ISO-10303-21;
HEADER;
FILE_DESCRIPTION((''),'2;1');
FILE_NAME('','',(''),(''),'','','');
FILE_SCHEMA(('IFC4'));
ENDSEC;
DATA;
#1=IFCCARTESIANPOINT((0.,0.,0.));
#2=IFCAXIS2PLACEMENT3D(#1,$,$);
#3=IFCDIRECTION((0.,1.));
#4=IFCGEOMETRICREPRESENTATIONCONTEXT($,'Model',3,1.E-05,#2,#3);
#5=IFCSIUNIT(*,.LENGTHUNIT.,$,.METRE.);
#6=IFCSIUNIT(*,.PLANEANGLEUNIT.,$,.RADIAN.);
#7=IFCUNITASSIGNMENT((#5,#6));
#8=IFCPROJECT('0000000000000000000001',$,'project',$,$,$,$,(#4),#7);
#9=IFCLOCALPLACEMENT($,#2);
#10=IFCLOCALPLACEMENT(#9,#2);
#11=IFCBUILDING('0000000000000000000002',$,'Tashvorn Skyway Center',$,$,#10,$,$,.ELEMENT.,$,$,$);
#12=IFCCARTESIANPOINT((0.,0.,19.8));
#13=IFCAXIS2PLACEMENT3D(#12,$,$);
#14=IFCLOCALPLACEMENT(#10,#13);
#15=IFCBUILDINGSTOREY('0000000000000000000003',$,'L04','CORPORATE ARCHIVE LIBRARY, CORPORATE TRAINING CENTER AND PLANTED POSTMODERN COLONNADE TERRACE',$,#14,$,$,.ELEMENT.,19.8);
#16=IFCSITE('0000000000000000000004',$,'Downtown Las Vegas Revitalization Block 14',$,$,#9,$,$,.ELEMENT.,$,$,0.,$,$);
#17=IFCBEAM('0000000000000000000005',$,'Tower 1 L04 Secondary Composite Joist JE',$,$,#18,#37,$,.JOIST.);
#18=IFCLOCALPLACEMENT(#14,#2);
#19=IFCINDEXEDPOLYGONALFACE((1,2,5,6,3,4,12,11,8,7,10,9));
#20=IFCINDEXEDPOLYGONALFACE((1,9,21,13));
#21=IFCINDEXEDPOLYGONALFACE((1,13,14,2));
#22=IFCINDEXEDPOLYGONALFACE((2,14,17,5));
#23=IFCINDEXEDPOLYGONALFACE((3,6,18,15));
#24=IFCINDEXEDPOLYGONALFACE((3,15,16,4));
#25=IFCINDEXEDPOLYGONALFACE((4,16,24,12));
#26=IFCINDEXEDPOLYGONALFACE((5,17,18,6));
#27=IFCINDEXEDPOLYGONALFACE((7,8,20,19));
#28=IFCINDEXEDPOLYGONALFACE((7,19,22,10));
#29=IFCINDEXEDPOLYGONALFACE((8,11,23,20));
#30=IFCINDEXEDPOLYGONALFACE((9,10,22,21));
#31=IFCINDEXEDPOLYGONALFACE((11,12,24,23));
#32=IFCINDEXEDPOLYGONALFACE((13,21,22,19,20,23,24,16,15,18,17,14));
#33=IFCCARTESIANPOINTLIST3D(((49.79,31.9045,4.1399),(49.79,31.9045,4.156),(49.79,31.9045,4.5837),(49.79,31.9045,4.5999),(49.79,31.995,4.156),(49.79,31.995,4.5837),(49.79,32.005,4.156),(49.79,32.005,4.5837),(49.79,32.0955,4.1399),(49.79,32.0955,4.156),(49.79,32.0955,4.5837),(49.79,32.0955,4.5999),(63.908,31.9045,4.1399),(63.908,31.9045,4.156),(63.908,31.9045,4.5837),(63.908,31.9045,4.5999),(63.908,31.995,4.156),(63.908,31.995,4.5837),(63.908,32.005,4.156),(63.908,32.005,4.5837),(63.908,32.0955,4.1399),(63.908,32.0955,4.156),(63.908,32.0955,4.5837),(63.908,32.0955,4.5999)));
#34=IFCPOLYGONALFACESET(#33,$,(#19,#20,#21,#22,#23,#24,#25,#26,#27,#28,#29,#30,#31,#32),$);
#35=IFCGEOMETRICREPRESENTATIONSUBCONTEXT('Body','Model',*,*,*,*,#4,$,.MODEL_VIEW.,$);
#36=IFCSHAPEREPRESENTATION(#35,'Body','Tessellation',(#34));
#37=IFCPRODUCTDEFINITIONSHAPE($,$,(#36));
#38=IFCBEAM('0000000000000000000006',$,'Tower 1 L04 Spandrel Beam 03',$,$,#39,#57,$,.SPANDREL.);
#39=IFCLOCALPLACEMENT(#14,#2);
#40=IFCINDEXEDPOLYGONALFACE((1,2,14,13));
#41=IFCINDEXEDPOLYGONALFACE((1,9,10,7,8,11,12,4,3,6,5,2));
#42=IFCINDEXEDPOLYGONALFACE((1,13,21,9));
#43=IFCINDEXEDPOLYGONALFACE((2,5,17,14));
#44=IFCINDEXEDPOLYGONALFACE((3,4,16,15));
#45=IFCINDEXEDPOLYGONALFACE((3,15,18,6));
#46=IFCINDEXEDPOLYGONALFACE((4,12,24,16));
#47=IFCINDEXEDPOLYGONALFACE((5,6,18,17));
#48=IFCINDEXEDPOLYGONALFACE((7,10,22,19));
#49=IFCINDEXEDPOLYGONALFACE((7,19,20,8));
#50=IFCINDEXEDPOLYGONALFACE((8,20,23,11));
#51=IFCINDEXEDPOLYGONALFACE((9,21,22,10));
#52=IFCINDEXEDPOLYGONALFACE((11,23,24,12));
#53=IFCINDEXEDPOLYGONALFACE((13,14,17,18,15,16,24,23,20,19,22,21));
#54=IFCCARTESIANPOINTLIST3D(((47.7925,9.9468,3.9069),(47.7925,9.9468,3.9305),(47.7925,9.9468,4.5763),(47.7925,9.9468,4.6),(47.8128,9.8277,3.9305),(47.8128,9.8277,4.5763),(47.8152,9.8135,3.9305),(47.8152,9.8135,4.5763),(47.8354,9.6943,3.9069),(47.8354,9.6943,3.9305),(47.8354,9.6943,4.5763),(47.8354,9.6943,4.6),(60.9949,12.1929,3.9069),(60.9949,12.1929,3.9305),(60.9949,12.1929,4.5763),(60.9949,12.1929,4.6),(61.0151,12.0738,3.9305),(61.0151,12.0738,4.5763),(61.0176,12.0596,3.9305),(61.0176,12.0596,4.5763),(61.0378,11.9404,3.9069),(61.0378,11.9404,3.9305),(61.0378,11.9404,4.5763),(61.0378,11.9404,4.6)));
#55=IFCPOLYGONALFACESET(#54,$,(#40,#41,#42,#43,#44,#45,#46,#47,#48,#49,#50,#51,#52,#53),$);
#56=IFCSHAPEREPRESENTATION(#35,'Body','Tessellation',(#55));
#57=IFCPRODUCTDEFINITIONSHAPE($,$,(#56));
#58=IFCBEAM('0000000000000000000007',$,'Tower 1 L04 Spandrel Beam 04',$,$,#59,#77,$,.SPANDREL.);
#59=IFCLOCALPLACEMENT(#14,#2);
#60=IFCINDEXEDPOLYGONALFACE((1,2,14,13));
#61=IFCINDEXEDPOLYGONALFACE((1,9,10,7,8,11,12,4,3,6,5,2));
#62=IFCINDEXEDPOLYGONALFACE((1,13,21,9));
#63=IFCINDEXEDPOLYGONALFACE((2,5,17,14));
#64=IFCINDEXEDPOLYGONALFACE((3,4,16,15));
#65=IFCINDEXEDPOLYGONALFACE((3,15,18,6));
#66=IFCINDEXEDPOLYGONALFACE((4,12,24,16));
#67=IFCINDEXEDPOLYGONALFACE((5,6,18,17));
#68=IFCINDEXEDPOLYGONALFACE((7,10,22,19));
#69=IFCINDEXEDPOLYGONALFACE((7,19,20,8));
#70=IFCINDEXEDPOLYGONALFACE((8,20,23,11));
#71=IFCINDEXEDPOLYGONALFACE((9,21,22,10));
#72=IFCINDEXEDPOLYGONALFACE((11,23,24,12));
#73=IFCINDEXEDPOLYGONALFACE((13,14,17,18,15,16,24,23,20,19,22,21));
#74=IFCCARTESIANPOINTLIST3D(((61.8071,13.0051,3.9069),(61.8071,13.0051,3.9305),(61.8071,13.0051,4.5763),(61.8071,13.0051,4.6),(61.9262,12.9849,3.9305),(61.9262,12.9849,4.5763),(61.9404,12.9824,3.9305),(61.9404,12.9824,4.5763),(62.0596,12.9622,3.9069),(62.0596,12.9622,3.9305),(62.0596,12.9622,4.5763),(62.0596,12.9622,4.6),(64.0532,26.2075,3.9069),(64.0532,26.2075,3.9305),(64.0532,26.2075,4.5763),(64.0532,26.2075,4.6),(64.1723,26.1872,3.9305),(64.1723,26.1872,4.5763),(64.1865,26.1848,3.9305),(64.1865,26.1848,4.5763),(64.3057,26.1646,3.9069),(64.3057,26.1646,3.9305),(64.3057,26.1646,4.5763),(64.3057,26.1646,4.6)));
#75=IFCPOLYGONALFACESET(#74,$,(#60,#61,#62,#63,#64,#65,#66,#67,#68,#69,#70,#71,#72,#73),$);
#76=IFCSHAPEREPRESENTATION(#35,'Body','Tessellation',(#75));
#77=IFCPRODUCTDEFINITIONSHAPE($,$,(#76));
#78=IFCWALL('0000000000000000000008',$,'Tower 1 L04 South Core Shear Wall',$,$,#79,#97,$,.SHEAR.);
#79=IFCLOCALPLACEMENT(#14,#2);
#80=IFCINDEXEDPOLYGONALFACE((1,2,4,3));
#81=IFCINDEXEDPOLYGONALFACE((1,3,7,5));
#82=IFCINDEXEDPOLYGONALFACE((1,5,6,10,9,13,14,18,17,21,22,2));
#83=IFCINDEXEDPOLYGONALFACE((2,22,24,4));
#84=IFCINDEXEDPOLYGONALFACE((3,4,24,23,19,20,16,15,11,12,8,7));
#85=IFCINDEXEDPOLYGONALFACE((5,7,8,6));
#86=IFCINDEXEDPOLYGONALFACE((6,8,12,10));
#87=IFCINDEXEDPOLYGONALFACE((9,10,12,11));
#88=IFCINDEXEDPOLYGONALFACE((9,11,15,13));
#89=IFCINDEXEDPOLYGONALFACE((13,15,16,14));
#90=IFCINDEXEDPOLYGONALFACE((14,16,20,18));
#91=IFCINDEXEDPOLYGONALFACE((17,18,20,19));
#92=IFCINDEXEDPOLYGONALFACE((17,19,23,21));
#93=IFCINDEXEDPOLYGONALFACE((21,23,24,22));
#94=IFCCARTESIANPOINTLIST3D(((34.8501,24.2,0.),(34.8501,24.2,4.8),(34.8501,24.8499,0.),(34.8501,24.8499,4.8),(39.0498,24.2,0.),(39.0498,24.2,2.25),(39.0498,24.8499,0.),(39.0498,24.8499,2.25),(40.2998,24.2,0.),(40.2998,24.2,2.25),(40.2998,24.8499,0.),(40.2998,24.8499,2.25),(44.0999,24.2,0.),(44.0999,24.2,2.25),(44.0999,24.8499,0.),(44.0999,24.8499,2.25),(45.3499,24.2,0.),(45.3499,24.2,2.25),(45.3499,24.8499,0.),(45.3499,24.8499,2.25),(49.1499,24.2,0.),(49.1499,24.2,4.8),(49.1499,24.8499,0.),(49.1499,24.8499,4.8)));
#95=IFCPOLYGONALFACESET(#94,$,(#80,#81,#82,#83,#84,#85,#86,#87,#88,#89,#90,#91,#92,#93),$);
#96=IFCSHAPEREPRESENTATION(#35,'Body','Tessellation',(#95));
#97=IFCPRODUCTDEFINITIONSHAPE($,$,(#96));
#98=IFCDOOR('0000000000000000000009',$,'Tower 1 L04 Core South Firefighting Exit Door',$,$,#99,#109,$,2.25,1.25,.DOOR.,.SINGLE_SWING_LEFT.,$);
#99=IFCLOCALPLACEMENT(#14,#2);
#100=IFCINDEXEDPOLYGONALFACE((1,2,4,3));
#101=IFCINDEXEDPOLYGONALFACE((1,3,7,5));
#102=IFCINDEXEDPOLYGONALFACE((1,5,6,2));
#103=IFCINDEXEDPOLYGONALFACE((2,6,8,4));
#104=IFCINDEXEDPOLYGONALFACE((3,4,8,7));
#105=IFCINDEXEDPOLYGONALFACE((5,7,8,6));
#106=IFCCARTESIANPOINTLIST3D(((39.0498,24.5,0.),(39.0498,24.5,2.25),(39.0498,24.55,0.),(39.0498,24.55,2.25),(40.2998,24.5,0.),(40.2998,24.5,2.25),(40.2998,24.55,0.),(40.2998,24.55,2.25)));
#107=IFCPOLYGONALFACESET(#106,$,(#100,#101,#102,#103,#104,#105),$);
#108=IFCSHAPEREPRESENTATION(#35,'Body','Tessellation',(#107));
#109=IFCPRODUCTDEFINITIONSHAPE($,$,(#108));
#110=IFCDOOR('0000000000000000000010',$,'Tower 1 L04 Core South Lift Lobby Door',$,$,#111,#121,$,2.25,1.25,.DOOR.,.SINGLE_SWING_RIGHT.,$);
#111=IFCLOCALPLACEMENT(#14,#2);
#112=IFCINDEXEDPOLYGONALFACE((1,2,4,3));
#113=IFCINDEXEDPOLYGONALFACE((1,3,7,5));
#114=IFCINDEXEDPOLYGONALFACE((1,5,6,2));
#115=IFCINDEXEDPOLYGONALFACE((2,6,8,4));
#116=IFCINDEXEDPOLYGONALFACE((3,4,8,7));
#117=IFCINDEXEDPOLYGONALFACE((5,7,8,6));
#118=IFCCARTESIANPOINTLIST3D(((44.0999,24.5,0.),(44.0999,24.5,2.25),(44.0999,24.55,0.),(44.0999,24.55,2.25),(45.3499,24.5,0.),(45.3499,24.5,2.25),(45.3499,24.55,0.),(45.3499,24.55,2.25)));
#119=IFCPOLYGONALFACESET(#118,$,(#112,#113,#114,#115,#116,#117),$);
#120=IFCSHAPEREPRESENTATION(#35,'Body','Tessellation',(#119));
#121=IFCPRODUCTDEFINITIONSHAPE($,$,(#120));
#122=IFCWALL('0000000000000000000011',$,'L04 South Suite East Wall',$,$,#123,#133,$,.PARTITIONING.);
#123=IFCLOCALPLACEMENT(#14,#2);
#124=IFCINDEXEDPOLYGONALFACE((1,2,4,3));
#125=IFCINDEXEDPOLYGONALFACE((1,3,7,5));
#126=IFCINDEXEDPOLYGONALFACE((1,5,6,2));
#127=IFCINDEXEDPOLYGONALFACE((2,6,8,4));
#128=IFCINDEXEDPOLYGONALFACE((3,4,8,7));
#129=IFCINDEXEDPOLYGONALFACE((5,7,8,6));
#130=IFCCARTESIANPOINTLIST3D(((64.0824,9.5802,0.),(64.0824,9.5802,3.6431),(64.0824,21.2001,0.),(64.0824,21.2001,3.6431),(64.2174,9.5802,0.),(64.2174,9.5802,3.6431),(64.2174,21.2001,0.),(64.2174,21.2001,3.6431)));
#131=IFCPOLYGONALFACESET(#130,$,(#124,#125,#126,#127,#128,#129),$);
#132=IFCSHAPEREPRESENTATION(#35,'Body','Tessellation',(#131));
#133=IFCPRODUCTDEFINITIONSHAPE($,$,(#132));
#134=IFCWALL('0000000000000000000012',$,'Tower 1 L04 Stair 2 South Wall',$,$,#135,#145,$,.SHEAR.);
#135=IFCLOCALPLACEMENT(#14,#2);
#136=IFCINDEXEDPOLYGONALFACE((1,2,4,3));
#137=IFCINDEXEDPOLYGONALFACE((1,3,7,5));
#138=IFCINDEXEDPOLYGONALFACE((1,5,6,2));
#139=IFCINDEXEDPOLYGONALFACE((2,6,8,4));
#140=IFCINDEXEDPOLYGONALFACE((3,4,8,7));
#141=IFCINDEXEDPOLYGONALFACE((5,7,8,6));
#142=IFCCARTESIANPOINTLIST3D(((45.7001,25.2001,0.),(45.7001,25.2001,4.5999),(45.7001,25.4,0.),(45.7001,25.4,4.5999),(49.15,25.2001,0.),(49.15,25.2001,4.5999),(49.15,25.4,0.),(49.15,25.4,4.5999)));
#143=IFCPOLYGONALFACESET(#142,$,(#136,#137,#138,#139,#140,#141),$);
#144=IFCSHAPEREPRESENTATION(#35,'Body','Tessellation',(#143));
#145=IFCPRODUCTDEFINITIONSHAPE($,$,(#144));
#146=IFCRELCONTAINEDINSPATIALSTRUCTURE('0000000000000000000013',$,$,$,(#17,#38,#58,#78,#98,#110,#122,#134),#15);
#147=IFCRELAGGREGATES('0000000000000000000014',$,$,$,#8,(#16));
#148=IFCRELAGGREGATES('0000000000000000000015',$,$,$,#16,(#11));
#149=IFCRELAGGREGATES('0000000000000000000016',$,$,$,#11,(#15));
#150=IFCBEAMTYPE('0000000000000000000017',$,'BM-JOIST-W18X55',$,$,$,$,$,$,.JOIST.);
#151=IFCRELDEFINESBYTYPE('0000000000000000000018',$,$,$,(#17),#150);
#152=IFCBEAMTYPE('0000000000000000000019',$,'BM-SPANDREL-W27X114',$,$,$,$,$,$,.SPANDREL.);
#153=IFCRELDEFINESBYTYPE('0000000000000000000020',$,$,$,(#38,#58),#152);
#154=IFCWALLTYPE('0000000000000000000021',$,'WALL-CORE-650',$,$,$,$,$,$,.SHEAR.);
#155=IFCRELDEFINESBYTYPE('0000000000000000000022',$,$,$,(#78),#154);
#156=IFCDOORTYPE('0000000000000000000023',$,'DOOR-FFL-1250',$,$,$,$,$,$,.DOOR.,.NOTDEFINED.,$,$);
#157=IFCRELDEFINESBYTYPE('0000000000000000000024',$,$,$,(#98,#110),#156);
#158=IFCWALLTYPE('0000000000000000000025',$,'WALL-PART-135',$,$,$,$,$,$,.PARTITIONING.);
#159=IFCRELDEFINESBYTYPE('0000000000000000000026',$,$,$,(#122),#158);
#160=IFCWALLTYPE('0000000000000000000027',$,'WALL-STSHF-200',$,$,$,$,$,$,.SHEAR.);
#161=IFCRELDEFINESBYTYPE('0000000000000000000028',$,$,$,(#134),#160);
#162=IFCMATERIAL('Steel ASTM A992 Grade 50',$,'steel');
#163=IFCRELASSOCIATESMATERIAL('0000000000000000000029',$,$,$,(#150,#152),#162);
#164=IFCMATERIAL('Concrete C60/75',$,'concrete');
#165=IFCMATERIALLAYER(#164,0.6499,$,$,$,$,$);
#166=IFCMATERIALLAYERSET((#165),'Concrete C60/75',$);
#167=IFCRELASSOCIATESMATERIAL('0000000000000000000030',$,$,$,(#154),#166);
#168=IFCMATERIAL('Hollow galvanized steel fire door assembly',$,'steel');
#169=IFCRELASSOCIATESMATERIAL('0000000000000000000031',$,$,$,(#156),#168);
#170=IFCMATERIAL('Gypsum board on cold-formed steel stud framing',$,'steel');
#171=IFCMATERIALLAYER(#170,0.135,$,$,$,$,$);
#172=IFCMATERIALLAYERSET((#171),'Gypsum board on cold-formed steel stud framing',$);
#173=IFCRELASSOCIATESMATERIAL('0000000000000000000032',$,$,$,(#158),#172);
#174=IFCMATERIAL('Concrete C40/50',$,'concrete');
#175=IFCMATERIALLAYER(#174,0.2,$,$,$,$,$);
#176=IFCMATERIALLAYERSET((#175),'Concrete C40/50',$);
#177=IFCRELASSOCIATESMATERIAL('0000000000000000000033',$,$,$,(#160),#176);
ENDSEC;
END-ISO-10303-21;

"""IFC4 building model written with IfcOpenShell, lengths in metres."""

from ifc_helpers import new_model, si_unit, direction, frame, frame_2d, origin, origin_2d, place, context, subcontext, project, spatial, rectangle, i_section, extrude, material, layer, layer_set, material_profile, profile_set, type_object, element, fill, save


model = new_model("IFC4")

# Units and contexts
model_context = context("Model", 3, precision=1e-05, world=origin(), true_north=direction((0.0, 1.0)))
body_context = subcontext(model_context, "Body", "Model", "MODEL_VIEW")
ifc_project = project(units=[si_unit("LENGTHUNIT", "METRE"), si_unit("PLANEANGLEUNIT", "RADIAN")], contexts=[model_context])

# Site, building, storey
site_placement = place(None, origin())
site = spatial("IfcSite", under=ifc_project, at=site_placement, Name="Downtown Las Vegas Revitalization Block 14", CompositionType="ELEMENT", RefElevation=0.0)
building_placement = place(site_placement, origin())
building = spatial("IfcBuilding", under=site, at=building_placement, Name="Tashvorn Skyway Center", CompositionType="ELEMENT")
storey_placement = place(building_placement, frame((0.0, 0.0, 19.8)))
storey = spatial("IfcBuildingStorey", under=building, at=storey_placement, Name="L04", Description="CORPORATE ARCHIVE LIBRARY, CORPORATE TRAINING CENTER AND PLANTED POSTMODERN COLONNADE TERRACE", CompositionType="ELEMENT", Elevation=19.8)

# Beams
ifc_material_1 = material(Name="Steel ASTM A992 Grade 50", Category="steel")
ifc_material_profile_1 = material_profile(ifc_material_1, i_section(OverallWidth=0.1909, OverallDepth=0.46, WebThickness=0.01, FlangeThickness=0.0161, at=origin_2d()), Name="W18X55")
ifc_profile_set_1 = profile_set([ifc_material_profile_1], Name="Steel ASTM A992 Grade 50")
beam_type_1 = type_object("IfcBeamType", Name="BM-JOIST-W18X55", PredefinedType="JOIST", material=ifc_profile_set_1)
beam_1_placement = place(storey_placement, frame((49.79, 32.0, 4.3699), z_axis=(1.0, 0.0, 0.0), x_axis=(0.0, 1.0, 0.0)))
element("IfcBeam", 1, at=beam_1_placement, inside=storey, type_object=beam_type_1, Name="Tower 1 L04 Secondary Composite Joist JE", PredefinedType="JOIST", context=body_context, shape_type="SweptSolid", body=[
    extrude(i_section(OverallWidth=0.1909, OverallDepth=0.46, WebThickness=0.01, FlangeThickness=0.0161, at=origin_2d()), origin(), (0.0, 0.0, 1.0), 14.1179),
])
ifc_material_profile_2 = material_profile(ifc_material_1, i_section(OverallWidth=0.2561, OverallDepth=0.6931, WebThickness=0.0144, FlangeThickness=0.0237, at=origin_2d()), Name="W27X114")
ifc_profile_set_2 = profile_set([ifc_material_profile_2], Name="Steel ASTM A992 Grade 50")
beam_type_2 = type_object("IfcBeamType", Name="BM-SPANDREL-W27X114", PredefinedType="SPANDREL", material=ifc_profile_set_2)
for number, where, z_axis, x_axis, name in (
    (2, (47.814, 9.8206, 4.2534), (0.985835, 0.167718, 0.0), (-0.167718, 0.985835, 0.0), "Tower 1 L04 Spandrel Beam 03"),
    (3, (61.9333, 12.9836, 4.2534), (0.167718, 0.985835, 0.0), (-0.985835, 0.167718, 0.0), "Tower 1 L04 Spandrel Beam 04"),
):
    element("IfcBeam", number, at=place(storey_placement, frame(where, z_axis=z_axis, x_axis=x_axis)), inside=storey, type_object=beam_type_2, Name=name, PredefinedType="SPANDREL", context=body_context, shape_type="SweptSolid", body=[
        extrude(i_section(OverallWidth=0.2561, OverallDepth=0.6931, WebThickness=0.0144, FlangeThickness=0.0237, at=origin_2d()), origin(), (0.0, 0.0, 1.0), 13.3921),
    ])

# Wall, openings, doors
ifc_material_2 = material(Name="Concrete C60/75", Category="concrete")
ifc_layer_1 = layer(ifc_material_2, 0.6499)
ifc_layer_set_1 = layer_set([ifc_layer_1], Name="Concrete C60/75")
wall_type_1 = type_object("IfcWallType", Name="WALL-CORE-650", PredefinedType="SHEAR", material=ifc_layer_set_1)
wall_1_placement = place(storey_placement, frame((49.1499, 24.5249, 0.0), z_axis=(0.0, 0.0, 1.0), x_axis=(-1.0, 0.0, 0.0)))
wall_1 = element("IfcWall", 4, at=wall_1_placement, inside=storey, type_object=wall_type_1, Name="Tower 1 L04 South Core Shear Wall", PredefinedType="SHEAR", context=body_context, shape_type="SweptSolid", body=[
    extrude(rectangle(XDim=14.2998, YDim=0.6499, at=frame_2d((7.1499, 0.0))), origin(), (0.0, 0.0, 1.0), 4.8),
])
opening_1_placement = place(wall_1_placement, frame((8.8501, 0.0, 0.0)))
opening_1 = element("IfcOpeningElement", 5, at=opening_1_placement, cuts=wall_1, PredefinedType="OPENING", context=body_context, shape_type="SweptSolid", body=[
    extrude(rectangle(XDim=1.25, YDim=2.25, at=frame_2d((0.625, 1.125))), frame((0.0, 0.335, 0.0), z_axis=(0.0, -1.0, 0.0), x_axis=(1.0, 0.0, 0.0)), (0.0, 0.0, 1.0), 0.6699),
])
opening_2_placement = place(wall_1_placement, frame((3.8, 0.0, 0.0)))
opening_2 = element("IfcOpeningElement", 6, at=opening_2_placement, cuts=wall_1, PredefinedType="OPENING", context=body_context, shape_type="SweptSolid", body=[
    extrude(rectangle(XDim=1.25, YDim=2.25, at=frame_2d((0.625, 1.125))), frame((0.0, 0.335, 0.0), z_axis=(0.0, -1.0, 0.0), x_axis=(1.0, 0.0, 0.0)), (0.0, 0.0, 1.0), 0.6699),
])
ifc_material_3 = material(Name="Hollow galvanized steel fire door assembly", Category="steel")
door_type = type_object("IfcDoorType", Name="DOOR-FFL-1250", OperationType="NOTDEFINED", PredefinedType="DOOR", material=ifc_material_3)
door_1_placement = place(opening_1_placement, origin())
door_1 = element("IfcDoor", 7, at=door_1_placement, inside=storey, type_object=door_type, Name="Tower 1 L04 Core South Firefighting Exit Door", OperationType="SINGLE_SWING_LEFT", OverallHeight=2.25, OverallWidth=1.25, PredefinedType="DOOR", context=body_context, shape_type="SweptSolid", body=[
    extrude(rectangle(XDim=1.25, YDim=2.25, at=frame_2d((0.625, 1.125))), frame((0.0, 0.0249, 0.0), z_axis=(0.0, -1.0, 0.0), x_axis=(1.0, 0.0, 0.0)), (0.0, 0.0, 1.0), 0.05),
])
fill(opening_1, door_1)
door_2_placement = place(opening_2_placement, origin())
door_2 = element("IfcDoor", 8, at=door_2_placement, inside=storey, type_object=door_type, Name="Tower 1 L04 Core South Lift Lobby Door", OperationType="SINGLE_SWING_RIGHT", OverallHeight=2.25, OverallWidth=1.25, PredefinedType="DOOR", context=body_context, shape_type="SweptSolid", body=[
    extrude(rectangle(XDim=1.25, YDim=2.25, at=frame_2d((0.625, 1.125))), frame((0.0, 0.0249, 0.0), z_axis=(0.0, -1.0, 0.0), x_axis=(1.0, 0.0, 0.0)), (0.0, 0.0, 1.0), 0.05),
])
fill(opening_2, door_2)

# Walls
ifc_material_4 = material(Name="Gypsum board on cold-formed steel stud framing", Category="steel")
ifc_layer_2 = layer(ifc_material_4, 0.135)
ifc_layer_set_2 = layer_set([ifc_layer_2], Name="Gypsum board on cold-formed steel stud framing")
wall_type_2 = type_object("IfcWallType", Name="WALL-PART-135", PredefinedType="PARTITIONING", material=ifc_layer_set_2)
wall_2_placement = place(storey_placement, frame((64.1499, 9.5801, 0.0), z_axis=(0.0, 0.0, 1.0), x_axis=(0.0, 1.0, 0.0)))
element("IfcWall", 9, at=wall_2_placement, inside=storey, type_object=wall_type_2, Name="L04 South Suite East Wall", PredefinedType="PARTITIONING", context=body_context, shape_type="SweptSolid", body=[
    extrude(rectangle(XDim=11.6199, YDim=0.135, at=frame_2d((5.8101, 0.0))), origin(), (0.0, 0.0, 1.0), 3.6431),
])
ifc_material_5 = material(Name="Concrete C40/50", Category="concrete")
ifc_layer_3 = layer(ifc_material_5, 0.2)
ifc_layer_set_3 = layer_set([ifc_layer_3], Name="Concrete C40/50")
wall_type_3 = type_object("IfcWallType", Name="WALL-STSHF-200", PredefinedType="SHEAR", material=ifc_layer_set_3)
wall_3_placement = place(storey_placement, frame((45.7, 25.3, 0.0), z_axis=(0.0, 0.0, 1.0), x_axis=(1.0, 0.0, 0.0)))
element("IfcWall", 10, at=wall_3_placement, inside=storey, type_object=wall_type_3, Name="Tower 1 L04 Stair 2 South Wall", PredefinedType="SHEAR", context=body_context, shape_type="SweptSolid", body=[
    extrude(rectangle(XDim=3.45, YDim=0.2, at=frame_2d((1.7251, 0.0))), origin(), (0.0, 0.0, 1.0), 4.5999),
])

save(model, "model.ifc")
